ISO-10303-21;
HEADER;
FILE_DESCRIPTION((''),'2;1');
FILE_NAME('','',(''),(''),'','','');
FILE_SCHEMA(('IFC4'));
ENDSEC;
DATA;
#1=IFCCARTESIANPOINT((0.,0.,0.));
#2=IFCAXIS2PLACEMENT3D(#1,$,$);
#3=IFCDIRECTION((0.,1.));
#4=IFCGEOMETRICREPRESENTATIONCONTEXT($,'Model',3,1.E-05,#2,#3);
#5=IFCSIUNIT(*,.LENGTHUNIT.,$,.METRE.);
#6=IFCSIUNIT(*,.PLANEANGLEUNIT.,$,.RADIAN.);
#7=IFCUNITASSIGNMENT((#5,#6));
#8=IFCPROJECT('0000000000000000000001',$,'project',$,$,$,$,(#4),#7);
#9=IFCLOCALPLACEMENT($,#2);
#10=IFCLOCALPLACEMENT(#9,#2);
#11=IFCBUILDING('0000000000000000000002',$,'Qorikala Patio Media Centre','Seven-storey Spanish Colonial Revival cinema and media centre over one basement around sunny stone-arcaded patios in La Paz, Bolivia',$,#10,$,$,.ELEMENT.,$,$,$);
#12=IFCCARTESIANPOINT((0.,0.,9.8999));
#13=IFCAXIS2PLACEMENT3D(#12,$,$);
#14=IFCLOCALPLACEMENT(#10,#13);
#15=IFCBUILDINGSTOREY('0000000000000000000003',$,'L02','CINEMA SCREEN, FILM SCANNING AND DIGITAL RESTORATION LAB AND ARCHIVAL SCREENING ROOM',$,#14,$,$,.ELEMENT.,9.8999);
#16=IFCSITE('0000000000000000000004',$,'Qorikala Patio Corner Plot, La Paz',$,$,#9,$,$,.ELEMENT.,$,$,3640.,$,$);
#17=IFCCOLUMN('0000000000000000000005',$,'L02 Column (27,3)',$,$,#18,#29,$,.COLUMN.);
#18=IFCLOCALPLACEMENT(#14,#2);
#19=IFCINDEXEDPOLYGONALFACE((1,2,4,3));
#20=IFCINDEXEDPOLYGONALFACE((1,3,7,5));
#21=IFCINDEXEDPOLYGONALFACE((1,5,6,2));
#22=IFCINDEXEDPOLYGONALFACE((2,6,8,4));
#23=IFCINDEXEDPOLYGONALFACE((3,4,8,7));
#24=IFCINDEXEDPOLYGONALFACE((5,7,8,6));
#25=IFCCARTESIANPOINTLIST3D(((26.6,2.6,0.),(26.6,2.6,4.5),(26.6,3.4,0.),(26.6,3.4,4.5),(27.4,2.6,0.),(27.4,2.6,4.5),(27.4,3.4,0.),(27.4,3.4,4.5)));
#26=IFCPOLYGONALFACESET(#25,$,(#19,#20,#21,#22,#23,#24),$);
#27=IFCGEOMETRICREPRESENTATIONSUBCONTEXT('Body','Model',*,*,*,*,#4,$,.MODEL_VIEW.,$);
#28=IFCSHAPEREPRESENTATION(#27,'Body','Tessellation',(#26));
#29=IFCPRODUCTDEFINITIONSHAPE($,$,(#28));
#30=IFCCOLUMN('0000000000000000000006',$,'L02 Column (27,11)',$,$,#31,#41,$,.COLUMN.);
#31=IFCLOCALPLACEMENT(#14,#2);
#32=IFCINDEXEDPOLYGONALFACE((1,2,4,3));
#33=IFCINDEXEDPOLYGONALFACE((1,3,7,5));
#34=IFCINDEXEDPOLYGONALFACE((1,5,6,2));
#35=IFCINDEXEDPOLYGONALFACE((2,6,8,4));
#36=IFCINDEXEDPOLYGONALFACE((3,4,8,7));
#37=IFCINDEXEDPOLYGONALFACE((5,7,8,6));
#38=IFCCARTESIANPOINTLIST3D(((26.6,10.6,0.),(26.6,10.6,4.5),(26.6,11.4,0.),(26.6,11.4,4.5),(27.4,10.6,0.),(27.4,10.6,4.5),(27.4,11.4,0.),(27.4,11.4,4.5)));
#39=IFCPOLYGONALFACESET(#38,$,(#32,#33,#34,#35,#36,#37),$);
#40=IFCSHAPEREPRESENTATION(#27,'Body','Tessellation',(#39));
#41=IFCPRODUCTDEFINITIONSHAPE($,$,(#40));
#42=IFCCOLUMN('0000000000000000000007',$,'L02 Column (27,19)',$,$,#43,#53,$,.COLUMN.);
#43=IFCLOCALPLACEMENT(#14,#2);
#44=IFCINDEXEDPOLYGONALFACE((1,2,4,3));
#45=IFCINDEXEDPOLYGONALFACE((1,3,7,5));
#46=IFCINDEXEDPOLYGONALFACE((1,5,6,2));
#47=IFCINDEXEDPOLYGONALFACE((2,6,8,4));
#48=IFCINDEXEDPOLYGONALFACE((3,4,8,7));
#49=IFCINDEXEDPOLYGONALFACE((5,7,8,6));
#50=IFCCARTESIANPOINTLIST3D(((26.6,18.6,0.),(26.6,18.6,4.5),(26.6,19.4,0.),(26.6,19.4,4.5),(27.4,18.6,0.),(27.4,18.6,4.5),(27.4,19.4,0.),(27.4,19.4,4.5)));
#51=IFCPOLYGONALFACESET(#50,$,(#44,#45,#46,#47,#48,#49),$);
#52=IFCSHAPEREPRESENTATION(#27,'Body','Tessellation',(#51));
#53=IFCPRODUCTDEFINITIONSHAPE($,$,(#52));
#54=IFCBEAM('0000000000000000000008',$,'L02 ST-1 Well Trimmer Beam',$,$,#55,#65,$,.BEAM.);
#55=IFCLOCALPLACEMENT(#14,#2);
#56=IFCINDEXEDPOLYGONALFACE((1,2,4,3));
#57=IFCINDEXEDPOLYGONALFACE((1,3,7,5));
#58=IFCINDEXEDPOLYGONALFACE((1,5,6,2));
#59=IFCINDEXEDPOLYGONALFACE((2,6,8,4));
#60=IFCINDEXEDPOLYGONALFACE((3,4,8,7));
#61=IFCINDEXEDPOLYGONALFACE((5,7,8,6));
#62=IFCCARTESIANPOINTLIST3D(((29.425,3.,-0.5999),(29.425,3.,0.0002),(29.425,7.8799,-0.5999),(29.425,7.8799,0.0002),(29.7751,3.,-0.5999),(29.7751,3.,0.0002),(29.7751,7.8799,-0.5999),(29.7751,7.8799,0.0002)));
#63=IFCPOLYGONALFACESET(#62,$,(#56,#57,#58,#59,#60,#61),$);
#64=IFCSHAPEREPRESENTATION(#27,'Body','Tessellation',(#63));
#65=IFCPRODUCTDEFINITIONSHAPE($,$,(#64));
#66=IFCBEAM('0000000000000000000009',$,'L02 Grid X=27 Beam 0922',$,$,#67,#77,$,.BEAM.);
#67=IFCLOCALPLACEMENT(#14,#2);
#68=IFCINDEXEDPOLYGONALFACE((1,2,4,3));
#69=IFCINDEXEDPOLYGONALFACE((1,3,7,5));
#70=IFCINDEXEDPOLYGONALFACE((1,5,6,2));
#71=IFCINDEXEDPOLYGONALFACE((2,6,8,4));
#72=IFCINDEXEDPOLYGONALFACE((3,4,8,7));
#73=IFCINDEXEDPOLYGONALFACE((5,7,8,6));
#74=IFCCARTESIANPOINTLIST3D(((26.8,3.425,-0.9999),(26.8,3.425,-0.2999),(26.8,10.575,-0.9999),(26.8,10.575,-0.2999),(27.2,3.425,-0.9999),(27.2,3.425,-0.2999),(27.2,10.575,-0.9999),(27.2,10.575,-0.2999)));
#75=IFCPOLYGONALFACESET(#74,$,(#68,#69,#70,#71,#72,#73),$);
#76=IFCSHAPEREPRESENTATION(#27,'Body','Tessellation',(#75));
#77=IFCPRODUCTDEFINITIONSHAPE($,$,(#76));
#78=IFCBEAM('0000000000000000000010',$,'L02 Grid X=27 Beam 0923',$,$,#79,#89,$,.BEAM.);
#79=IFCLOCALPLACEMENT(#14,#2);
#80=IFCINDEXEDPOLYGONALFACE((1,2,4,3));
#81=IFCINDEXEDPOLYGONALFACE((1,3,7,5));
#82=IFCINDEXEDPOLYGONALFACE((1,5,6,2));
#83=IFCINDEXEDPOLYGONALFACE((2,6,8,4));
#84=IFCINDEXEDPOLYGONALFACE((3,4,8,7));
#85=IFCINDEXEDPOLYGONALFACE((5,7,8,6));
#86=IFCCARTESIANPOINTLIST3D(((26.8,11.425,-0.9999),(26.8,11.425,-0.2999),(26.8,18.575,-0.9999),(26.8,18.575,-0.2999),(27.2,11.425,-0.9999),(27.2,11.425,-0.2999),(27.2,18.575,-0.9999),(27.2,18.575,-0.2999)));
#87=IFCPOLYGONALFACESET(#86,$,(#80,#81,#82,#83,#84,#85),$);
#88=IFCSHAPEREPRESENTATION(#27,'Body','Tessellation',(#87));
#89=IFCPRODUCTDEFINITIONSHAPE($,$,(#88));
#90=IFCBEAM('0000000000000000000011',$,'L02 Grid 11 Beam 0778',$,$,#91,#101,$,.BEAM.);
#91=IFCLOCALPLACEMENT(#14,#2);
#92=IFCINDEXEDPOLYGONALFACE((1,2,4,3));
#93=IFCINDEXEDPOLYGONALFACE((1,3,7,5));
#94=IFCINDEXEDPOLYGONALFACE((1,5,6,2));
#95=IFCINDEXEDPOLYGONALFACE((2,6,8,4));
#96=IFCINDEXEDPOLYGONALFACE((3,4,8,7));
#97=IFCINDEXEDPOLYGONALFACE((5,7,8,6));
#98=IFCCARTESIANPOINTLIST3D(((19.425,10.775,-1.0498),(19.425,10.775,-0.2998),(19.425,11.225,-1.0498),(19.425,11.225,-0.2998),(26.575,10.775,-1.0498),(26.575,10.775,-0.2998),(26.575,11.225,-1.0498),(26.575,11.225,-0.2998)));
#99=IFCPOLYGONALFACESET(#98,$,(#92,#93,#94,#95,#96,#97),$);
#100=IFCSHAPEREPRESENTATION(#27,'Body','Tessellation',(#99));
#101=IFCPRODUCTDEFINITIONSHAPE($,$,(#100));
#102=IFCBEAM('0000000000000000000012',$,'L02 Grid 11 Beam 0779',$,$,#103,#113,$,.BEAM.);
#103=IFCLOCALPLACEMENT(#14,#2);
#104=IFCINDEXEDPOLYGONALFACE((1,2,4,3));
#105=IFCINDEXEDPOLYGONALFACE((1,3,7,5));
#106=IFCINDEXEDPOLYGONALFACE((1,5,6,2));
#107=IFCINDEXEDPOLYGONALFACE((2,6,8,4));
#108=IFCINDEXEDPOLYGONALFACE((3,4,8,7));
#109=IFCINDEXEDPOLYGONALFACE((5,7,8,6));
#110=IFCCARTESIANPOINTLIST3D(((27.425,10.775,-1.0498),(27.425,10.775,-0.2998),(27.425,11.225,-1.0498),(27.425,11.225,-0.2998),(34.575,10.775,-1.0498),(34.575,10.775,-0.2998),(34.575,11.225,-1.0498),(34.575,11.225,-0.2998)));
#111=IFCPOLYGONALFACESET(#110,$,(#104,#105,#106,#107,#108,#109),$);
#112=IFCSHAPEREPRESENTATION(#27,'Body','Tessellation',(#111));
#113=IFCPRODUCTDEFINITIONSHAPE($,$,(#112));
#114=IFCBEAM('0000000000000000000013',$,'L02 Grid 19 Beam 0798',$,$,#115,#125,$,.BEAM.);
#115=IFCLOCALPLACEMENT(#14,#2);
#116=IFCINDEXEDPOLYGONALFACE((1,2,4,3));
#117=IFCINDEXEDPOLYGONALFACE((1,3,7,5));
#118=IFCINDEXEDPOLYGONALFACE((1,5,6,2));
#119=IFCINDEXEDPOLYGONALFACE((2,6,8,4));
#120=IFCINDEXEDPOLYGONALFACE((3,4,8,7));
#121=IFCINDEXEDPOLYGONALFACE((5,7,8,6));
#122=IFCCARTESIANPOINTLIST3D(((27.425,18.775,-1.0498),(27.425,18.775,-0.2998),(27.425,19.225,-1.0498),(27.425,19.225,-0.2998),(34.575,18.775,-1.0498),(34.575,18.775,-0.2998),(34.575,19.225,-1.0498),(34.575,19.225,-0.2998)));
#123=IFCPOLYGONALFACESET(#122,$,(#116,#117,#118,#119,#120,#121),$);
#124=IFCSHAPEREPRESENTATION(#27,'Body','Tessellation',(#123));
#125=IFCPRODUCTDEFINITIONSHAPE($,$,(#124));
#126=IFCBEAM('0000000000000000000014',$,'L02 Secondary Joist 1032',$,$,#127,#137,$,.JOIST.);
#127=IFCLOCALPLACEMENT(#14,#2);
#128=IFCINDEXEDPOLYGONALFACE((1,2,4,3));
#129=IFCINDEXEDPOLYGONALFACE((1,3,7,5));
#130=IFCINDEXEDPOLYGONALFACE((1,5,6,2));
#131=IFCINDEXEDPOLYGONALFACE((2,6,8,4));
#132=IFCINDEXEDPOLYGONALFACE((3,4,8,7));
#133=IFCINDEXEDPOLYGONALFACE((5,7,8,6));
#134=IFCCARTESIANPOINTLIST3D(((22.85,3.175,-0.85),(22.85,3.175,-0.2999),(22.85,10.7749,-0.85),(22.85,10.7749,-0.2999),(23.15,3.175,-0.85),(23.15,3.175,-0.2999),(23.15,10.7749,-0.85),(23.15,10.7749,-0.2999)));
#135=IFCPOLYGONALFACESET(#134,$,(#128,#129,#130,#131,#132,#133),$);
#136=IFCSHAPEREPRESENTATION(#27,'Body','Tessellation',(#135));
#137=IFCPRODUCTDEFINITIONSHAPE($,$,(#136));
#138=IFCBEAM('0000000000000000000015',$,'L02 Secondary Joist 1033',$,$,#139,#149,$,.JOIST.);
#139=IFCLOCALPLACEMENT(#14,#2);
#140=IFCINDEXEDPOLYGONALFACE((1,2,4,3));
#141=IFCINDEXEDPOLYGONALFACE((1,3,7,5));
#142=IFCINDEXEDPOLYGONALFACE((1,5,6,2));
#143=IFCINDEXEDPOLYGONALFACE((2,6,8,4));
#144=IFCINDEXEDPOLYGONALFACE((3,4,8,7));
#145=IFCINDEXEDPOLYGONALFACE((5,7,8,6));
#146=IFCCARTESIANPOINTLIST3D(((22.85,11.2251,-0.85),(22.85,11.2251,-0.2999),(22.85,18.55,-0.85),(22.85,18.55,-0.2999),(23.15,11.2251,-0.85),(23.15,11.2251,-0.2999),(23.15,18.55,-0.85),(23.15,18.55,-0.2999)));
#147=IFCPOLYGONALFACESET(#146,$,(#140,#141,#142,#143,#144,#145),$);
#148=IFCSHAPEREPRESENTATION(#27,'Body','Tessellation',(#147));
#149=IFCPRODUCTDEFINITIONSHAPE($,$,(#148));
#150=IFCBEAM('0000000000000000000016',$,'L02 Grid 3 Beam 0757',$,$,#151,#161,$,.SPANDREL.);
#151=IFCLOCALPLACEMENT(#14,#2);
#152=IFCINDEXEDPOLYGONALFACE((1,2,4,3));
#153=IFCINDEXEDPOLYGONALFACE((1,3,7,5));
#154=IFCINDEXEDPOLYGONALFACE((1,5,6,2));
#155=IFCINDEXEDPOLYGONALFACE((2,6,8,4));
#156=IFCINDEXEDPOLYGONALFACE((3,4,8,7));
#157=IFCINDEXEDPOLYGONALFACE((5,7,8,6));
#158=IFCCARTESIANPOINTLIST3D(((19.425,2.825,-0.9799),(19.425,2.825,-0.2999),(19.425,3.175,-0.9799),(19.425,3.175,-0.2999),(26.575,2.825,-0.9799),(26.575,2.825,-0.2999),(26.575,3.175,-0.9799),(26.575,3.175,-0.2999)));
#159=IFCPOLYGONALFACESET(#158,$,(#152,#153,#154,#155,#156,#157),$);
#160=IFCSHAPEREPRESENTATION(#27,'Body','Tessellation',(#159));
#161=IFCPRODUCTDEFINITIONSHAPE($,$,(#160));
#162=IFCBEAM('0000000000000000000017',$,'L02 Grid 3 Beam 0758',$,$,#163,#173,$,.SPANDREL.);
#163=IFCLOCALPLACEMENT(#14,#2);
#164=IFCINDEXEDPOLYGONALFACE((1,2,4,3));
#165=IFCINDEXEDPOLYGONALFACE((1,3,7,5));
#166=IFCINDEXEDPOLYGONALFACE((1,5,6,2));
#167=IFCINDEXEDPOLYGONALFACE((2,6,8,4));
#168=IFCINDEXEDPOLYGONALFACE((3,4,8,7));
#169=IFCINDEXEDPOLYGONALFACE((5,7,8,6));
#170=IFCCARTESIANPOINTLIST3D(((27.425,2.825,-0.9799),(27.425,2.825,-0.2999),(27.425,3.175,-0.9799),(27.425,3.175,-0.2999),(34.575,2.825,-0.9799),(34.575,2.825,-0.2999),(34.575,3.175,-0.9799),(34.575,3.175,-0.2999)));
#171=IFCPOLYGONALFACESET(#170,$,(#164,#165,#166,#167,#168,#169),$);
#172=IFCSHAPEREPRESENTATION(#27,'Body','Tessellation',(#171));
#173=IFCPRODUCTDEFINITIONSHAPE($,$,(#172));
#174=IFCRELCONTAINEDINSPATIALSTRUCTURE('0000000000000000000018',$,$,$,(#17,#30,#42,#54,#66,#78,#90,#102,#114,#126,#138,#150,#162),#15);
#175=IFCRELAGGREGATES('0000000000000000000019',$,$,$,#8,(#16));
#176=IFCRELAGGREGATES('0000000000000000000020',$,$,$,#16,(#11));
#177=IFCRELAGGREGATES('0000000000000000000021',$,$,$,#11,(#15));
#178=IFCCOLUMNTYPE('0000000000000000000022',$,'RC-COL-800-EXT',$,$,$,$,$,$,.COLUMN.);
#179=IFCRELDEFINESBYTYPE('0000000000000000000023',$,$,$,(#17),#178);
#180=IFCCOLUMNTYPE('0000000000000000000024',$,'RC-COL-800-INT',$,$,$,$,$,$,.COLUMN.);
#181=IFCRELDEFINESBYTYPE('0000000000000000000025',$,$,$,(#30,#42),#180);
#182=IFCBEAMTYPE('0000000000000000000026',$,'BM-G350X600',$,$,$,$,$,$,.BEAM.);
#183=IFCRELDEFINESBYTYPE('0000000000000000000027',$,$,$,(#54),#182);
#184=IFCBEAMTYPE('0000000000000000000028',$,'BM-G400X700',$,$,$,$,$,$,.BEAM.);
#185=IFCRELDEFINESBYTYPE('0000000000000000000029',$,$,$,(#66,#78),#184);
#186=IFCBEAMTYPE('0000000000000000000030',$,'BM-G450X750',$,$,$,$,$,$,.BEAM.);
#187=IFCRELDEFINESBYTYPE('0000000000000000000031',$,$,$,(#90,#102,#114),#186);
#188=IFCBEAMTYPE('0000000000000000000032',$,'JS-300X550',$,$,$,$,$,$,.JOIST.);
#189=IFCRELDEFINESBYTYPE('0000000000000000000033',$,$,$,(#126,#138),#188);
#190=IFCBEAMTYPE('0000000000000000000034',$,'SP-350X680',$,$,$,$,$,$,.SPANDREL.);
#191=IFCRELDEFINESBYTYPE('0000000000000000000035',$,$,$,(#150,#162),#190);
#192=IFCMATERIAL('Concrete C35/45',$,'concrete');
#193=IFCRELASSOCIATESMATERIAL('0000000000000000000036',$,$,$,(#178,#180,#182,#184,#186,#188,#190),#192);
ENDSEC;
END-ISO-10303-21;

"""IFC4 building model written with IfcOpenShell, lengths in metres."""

from ifc_helpers import new_model, si_unit, direction, frame, origin, origin_2d, place, context, subcontext, project, spatial, rectangle, extrude, material, material_profile, profile_set, type_object, element, save


model = new_model("IFC4")

# Units and contexts
model_context = context("Model", 3, precision=1e-05, world=origin(), true_north=direction((0.0, 1.0)))
body_context = subcontext(model_context, "Body", "Model", "MODEL_VIEW")
ifc_project = project(units=[si_unit("LENGTHUNIT", "METRE"), si_unit("PLANEANGLEUNIT", "RADIAN")], contexts=[model_context])

# Site, building, storey
site_placement = place(None, origin())
site = spatial("IfcSite", under=ifc_project, at=site_placement, Name="Qorikala Patio Corner Plot, La Paz", CompositionType="ELEMENT", RefElevation=3640.0)
building_placement = place(site_placement, origin())
building = spatial("IfcBuilding", under=site, at=building_placement, Name="Qorikala Patio Media Centre", Description="Seven-storey Spanish Colonial Revival cinema and media centre over one basement around sunny stone-arcaded patios in La Paz, Bolivia", CompositionType="ELEMENT")
storey_placement = place(building_placement, frame((0.0, 0.0, 9.8999)))
storey = spatial("IfcBuildingStorey", under=building, at=storey_placement, Name="L02", Description="CINEMA SCREEN, FILM SCANNING AND DIGITAL RESTORATION LAB AND ARCHIVAL SCREENING ROOM", CompositionType="ELEMENT", Elevation=9.8999)

# Columns
ifc_material_1 = material(Name="Concrete C35/45", Category="concrete")
ifc_material_profile_1 = material_profile(ifc_material_1, rectangle(XDim=0.8, YDim=0.8, at=origin_2d()), Name="RC 800x800")
ifc_profile_set_1 = profile_set([ifc_material_profile_1], Name="Concrete C35/45")
column_type_1 = type_object("IfcColumnType", Name="RC-COL-800-EXT", PredefinedType="COLUMN", material=ifc_profile_set_1)
column_placement = place(storey_placement, frame((27.0, 3.0, 0.0), z_axis=(0.0, 0.0, 1.0), x_axis=(1.0, 0.0, 0.0)))
element("IfcColumn", 1, at=column_placement, inside=storey, type_object=column_type_1, Name="L02 Column (27,3)", PredefinedType="COLUMN", context=body_context, shape_type="SweptSolid", body=[
    extrude(rectangle(XDim=0.8, YDim=0.8, at=origin_2d()), origin(), (0.0, 0.0, 1.0), 4.5),
])
ifc_material_profile_2 = material_profile(ifc_material_1, rectangle(XDim=0.8, YDim=0.8, at=origin_2d()), Name="RC 800x800")
ifc_profile_set_2 = profile_set([ifc_material_profile_2], Name="Concrete C35/45")
column_type_2 = type_object("IfcColumnType", Name="RC-COL-800-INT", PredefinedType="COLUMN", material=ifc_profile_set_2)
for number, where, z_axis, x_axis, name in (
    (2, (27.0, 11.0, 0.0), (0.0, 0.0, 1.0), (1.0, 0.0, 0.0), "L02 Column (27,11)"),
    (3, (27.0, 19.0, 0.0), (0.0, 0.0, 1.0), (1.0, 0.0, 0.0), "L02 Column (27,19)"),
):
    element("IfcColumn", number, at=place(storey_placement, frame(where, z_axis=z_axis, x_axis=x_axis)), inside=storey, type_object=column_type_2, Name=name, PredefinedType="COLUMN", context=body_context, shape_type="SweptSolid", body=[
        extrude(rectangle(XDim=0.8, YDim=0.8, at=origin_2d()), origin(), (0.0, 0.0, 1.0), 4.5),
    ])

# Beams
ifc_material_profile_3 = material_profile(ifc_material_1, rectangle(XDim=0.3501, YDim=0.6001, at=origin_2d()), Name="RC 350x600")
ifc_profile_set_3 = profile_set([ifc_material_profile_3], Name="Concrete C35/45")
beam_type_1 = type_object("IfcBeamType", Name="BM-G350X600", PredefinedType="BEAM", material=ifc_profile_set_3)
beam_1_placement = place(storey_placement, frame((29.6001, 3.0, -0.2998), z_axis=(0.0, 1.0, 0.0), x_axis=(-1.0, 0.0, 0.0)))
element("IfcBeam", 4, at=beam_1_placement, inside=storey, type_object=beam_type_1, Name="L02 ST-1 Well Trimmer Beam", PredefinedType="BEAM", context=body_context, shape_type="SweptSolid", body=[
    extrude(rectangle(XDim=0.3501, YDim=0.6001, at=origin_2d()), origin(), (0.0, 0.0, 1.0), 4.8799),
])
ifc_material_profile_4 = material_profile(ifc_material_1, rectangle(XDim=0.3999, YDim=0.7, at=origin_2d()), Name="RC 400x700")
ifc_profile_set_4 = profile_set([ifc_material_profile_4], Name="Concrete C35/45")
beam_type_2 = type_object("IfcBeamType", Name="BM-G400X700", PredefinedType="BEAM", material=ifc_profile_set_4)
for number, where, z_axis, x_axis, name in (
    (5, (27.0, 3.425, -0.6499), (0.0, 1.0, 0.0), (-1.0, 0.0, 0.0), "L02 Grid X=27 Beam 0922"),
    (6, (27.0, 11.425, -0.6499), (0.0, 1.0, 0.0), (-1.0, 0.0, 0.0), "L02 Grid X=27 Beam 0923"),
):
    element("IfcBeam", number, at=place(storey_placement, frame(where, z_axis=z_axis, x_axis=x_axis)), inside=storey, type_object=beam_type_2, Name=name, PredefinedType="BEAM", context=body_context, shape_type="SweptSolid", body=[
        extrude(rectangle(XDim=0.3999, YDim=0.7, at=origin_2d()), origin(), (0.0, 0.0, 1.0), 7.1499),
    ])
ifc_material_profile_5 = material_profile(ifc_material_1, rectangle(XDim=0.45, YDim=0.75, at=origin_2d()), Name="RC 450x750")
ifc_profile_set_5 = profile_set([ifc_material_profile_5], Name="Concrete C35/45")
beam_type_3 = type_object("IfcBeamType", Name="BM-G450X750", PredefinedType="BEAM", material=ifc_profile_set_5)
for number, where, z_axis, x_axis, name in (
    (7, (19.425, 11.0, -0.6748), (1.0, 0.0, 0.0), (0.0, 1.0, 0.0), "L02 Grid 11 Beam 0778"),
    (8, (27.425, 11.0, -0.6748), (1.0, 0.0, 0.0), (0.0, 1.0, 0.0), "L02 Grid 11 Beam 0779"),
    (9, (27.425, 19.0, -0.6748), (1.0, 0.0, 0.0), (0.0, 1.0, 0.0), "L02 Grid 19 Beam 0798"),
):
    element("IfcBeam", number, at=place(storey_placement, frame(where, z_axis=z_axis, x_axis=x_axis)), inside=storey, type_object=beam_type_3, Name=name, PredefinedType="BEAM", context=body_context, shape_type="SweptSolid", body=[
        extrude(rectangle(XDim=0.45, YDim=0.75, at=origin_2d()), origin(), (0.0, 0.0, 1.0), 7.1499),
    ])
ifc_material_profile_6 = material_profile(ifc_material_1, rectangle(XDim=0.3, YDim=0.55, at=origin_2d()), Name="RC 300x550")
ifc_profile_set_6 = profile_set([ifc_material_profile_6], Name="Concrete C35/45")
beam_type_4 = type_object("IfcBeamType", Name="JS-300X550", PredefinedType="JOIST", material=ifc_profile_set_6)
beam_2_placement = place(storey_placement, frame((23.0, 3.175, -0.575), z_axis=(0.0, 1.0, 0.0), x_axis=(-1.0, 0.0, 0.0)))
element("IfcBeam", 10, at=beam_2_placement, inside=storey, type_object=beam_type_4, Name="L02 Secondary Joist 1032", PredefinedType="JOIST", context=body_context, shape_type="SweptSolid", body=[
    extrude(rectangle(XDim=0.3, YDim=0.55, at=origin_2d()), origin(), (0.0, 0.0, 1.0), 7.5999),
])
beam_3_placement = place(storey_placement, frame((23.0, 11.2251, -0.575), z_axis=(0.0, 1.0, 0.0), x_axis=(-1.0, 0.0, 0.0)))
element("IfcBeam", 11, at=beam_3_placement, inside=storey, type_object=beam_type_4, Name="L02 Secondary Joist 1033", PredefinedType="JOIST", context=body_context, shape_type="SweptSolid", body=[
    extrude(rectangle(XDim=0.3, YDim=0.55, at=origin_2d()), origin(), (0.0, 0.0, 1.0), 7.325),
])
ifc_material_profile_7 = material_profile(ifc_material_1, rectangle(XDim=0.3501, YDim=0.6799, at=origin_2d()), Name="RC 350x680")
ifc_profile_set_7 = profile_set([ifc_material_profile_7], Name="Concrete C35/45")
beam_type_5 = type_object("IfcBeamType", Name="SP-350X680", PredefinedType="SPANDREL", material=ifc_profile_set_7)
for number, where, z_axis, x_axis, name in (
    (12, (19.425, 3.0, -0.6399), (1.0, 0.0, 0.0), (0.0, 1.0, 0.0), "L02 Grid 3 Beam 0757"),
    (13, (27.425, 3.0, -0.6399), (1.0, 0.0, 0.0), (0.0, 1.0, 0.0), "L02 Grid 3 Beam 0758"),
):
    element("IfcBeam", number, at=place(storey_placement, frame(where, z_axis=z_axis, x_axis=x_axis)), inside=storey, type_object=beam_type_5, Name=name, PredefinedType="SPANDREL", context=body_context, shape_type="SweptSolid", body=[
        extrude(rectangle(XDim=0.3501, YDim=0.6799, at=origin_2d()), origin(), (0.0, 0.0, 1.0), 7.1499),
    ])

save(model, "model.ifc")
